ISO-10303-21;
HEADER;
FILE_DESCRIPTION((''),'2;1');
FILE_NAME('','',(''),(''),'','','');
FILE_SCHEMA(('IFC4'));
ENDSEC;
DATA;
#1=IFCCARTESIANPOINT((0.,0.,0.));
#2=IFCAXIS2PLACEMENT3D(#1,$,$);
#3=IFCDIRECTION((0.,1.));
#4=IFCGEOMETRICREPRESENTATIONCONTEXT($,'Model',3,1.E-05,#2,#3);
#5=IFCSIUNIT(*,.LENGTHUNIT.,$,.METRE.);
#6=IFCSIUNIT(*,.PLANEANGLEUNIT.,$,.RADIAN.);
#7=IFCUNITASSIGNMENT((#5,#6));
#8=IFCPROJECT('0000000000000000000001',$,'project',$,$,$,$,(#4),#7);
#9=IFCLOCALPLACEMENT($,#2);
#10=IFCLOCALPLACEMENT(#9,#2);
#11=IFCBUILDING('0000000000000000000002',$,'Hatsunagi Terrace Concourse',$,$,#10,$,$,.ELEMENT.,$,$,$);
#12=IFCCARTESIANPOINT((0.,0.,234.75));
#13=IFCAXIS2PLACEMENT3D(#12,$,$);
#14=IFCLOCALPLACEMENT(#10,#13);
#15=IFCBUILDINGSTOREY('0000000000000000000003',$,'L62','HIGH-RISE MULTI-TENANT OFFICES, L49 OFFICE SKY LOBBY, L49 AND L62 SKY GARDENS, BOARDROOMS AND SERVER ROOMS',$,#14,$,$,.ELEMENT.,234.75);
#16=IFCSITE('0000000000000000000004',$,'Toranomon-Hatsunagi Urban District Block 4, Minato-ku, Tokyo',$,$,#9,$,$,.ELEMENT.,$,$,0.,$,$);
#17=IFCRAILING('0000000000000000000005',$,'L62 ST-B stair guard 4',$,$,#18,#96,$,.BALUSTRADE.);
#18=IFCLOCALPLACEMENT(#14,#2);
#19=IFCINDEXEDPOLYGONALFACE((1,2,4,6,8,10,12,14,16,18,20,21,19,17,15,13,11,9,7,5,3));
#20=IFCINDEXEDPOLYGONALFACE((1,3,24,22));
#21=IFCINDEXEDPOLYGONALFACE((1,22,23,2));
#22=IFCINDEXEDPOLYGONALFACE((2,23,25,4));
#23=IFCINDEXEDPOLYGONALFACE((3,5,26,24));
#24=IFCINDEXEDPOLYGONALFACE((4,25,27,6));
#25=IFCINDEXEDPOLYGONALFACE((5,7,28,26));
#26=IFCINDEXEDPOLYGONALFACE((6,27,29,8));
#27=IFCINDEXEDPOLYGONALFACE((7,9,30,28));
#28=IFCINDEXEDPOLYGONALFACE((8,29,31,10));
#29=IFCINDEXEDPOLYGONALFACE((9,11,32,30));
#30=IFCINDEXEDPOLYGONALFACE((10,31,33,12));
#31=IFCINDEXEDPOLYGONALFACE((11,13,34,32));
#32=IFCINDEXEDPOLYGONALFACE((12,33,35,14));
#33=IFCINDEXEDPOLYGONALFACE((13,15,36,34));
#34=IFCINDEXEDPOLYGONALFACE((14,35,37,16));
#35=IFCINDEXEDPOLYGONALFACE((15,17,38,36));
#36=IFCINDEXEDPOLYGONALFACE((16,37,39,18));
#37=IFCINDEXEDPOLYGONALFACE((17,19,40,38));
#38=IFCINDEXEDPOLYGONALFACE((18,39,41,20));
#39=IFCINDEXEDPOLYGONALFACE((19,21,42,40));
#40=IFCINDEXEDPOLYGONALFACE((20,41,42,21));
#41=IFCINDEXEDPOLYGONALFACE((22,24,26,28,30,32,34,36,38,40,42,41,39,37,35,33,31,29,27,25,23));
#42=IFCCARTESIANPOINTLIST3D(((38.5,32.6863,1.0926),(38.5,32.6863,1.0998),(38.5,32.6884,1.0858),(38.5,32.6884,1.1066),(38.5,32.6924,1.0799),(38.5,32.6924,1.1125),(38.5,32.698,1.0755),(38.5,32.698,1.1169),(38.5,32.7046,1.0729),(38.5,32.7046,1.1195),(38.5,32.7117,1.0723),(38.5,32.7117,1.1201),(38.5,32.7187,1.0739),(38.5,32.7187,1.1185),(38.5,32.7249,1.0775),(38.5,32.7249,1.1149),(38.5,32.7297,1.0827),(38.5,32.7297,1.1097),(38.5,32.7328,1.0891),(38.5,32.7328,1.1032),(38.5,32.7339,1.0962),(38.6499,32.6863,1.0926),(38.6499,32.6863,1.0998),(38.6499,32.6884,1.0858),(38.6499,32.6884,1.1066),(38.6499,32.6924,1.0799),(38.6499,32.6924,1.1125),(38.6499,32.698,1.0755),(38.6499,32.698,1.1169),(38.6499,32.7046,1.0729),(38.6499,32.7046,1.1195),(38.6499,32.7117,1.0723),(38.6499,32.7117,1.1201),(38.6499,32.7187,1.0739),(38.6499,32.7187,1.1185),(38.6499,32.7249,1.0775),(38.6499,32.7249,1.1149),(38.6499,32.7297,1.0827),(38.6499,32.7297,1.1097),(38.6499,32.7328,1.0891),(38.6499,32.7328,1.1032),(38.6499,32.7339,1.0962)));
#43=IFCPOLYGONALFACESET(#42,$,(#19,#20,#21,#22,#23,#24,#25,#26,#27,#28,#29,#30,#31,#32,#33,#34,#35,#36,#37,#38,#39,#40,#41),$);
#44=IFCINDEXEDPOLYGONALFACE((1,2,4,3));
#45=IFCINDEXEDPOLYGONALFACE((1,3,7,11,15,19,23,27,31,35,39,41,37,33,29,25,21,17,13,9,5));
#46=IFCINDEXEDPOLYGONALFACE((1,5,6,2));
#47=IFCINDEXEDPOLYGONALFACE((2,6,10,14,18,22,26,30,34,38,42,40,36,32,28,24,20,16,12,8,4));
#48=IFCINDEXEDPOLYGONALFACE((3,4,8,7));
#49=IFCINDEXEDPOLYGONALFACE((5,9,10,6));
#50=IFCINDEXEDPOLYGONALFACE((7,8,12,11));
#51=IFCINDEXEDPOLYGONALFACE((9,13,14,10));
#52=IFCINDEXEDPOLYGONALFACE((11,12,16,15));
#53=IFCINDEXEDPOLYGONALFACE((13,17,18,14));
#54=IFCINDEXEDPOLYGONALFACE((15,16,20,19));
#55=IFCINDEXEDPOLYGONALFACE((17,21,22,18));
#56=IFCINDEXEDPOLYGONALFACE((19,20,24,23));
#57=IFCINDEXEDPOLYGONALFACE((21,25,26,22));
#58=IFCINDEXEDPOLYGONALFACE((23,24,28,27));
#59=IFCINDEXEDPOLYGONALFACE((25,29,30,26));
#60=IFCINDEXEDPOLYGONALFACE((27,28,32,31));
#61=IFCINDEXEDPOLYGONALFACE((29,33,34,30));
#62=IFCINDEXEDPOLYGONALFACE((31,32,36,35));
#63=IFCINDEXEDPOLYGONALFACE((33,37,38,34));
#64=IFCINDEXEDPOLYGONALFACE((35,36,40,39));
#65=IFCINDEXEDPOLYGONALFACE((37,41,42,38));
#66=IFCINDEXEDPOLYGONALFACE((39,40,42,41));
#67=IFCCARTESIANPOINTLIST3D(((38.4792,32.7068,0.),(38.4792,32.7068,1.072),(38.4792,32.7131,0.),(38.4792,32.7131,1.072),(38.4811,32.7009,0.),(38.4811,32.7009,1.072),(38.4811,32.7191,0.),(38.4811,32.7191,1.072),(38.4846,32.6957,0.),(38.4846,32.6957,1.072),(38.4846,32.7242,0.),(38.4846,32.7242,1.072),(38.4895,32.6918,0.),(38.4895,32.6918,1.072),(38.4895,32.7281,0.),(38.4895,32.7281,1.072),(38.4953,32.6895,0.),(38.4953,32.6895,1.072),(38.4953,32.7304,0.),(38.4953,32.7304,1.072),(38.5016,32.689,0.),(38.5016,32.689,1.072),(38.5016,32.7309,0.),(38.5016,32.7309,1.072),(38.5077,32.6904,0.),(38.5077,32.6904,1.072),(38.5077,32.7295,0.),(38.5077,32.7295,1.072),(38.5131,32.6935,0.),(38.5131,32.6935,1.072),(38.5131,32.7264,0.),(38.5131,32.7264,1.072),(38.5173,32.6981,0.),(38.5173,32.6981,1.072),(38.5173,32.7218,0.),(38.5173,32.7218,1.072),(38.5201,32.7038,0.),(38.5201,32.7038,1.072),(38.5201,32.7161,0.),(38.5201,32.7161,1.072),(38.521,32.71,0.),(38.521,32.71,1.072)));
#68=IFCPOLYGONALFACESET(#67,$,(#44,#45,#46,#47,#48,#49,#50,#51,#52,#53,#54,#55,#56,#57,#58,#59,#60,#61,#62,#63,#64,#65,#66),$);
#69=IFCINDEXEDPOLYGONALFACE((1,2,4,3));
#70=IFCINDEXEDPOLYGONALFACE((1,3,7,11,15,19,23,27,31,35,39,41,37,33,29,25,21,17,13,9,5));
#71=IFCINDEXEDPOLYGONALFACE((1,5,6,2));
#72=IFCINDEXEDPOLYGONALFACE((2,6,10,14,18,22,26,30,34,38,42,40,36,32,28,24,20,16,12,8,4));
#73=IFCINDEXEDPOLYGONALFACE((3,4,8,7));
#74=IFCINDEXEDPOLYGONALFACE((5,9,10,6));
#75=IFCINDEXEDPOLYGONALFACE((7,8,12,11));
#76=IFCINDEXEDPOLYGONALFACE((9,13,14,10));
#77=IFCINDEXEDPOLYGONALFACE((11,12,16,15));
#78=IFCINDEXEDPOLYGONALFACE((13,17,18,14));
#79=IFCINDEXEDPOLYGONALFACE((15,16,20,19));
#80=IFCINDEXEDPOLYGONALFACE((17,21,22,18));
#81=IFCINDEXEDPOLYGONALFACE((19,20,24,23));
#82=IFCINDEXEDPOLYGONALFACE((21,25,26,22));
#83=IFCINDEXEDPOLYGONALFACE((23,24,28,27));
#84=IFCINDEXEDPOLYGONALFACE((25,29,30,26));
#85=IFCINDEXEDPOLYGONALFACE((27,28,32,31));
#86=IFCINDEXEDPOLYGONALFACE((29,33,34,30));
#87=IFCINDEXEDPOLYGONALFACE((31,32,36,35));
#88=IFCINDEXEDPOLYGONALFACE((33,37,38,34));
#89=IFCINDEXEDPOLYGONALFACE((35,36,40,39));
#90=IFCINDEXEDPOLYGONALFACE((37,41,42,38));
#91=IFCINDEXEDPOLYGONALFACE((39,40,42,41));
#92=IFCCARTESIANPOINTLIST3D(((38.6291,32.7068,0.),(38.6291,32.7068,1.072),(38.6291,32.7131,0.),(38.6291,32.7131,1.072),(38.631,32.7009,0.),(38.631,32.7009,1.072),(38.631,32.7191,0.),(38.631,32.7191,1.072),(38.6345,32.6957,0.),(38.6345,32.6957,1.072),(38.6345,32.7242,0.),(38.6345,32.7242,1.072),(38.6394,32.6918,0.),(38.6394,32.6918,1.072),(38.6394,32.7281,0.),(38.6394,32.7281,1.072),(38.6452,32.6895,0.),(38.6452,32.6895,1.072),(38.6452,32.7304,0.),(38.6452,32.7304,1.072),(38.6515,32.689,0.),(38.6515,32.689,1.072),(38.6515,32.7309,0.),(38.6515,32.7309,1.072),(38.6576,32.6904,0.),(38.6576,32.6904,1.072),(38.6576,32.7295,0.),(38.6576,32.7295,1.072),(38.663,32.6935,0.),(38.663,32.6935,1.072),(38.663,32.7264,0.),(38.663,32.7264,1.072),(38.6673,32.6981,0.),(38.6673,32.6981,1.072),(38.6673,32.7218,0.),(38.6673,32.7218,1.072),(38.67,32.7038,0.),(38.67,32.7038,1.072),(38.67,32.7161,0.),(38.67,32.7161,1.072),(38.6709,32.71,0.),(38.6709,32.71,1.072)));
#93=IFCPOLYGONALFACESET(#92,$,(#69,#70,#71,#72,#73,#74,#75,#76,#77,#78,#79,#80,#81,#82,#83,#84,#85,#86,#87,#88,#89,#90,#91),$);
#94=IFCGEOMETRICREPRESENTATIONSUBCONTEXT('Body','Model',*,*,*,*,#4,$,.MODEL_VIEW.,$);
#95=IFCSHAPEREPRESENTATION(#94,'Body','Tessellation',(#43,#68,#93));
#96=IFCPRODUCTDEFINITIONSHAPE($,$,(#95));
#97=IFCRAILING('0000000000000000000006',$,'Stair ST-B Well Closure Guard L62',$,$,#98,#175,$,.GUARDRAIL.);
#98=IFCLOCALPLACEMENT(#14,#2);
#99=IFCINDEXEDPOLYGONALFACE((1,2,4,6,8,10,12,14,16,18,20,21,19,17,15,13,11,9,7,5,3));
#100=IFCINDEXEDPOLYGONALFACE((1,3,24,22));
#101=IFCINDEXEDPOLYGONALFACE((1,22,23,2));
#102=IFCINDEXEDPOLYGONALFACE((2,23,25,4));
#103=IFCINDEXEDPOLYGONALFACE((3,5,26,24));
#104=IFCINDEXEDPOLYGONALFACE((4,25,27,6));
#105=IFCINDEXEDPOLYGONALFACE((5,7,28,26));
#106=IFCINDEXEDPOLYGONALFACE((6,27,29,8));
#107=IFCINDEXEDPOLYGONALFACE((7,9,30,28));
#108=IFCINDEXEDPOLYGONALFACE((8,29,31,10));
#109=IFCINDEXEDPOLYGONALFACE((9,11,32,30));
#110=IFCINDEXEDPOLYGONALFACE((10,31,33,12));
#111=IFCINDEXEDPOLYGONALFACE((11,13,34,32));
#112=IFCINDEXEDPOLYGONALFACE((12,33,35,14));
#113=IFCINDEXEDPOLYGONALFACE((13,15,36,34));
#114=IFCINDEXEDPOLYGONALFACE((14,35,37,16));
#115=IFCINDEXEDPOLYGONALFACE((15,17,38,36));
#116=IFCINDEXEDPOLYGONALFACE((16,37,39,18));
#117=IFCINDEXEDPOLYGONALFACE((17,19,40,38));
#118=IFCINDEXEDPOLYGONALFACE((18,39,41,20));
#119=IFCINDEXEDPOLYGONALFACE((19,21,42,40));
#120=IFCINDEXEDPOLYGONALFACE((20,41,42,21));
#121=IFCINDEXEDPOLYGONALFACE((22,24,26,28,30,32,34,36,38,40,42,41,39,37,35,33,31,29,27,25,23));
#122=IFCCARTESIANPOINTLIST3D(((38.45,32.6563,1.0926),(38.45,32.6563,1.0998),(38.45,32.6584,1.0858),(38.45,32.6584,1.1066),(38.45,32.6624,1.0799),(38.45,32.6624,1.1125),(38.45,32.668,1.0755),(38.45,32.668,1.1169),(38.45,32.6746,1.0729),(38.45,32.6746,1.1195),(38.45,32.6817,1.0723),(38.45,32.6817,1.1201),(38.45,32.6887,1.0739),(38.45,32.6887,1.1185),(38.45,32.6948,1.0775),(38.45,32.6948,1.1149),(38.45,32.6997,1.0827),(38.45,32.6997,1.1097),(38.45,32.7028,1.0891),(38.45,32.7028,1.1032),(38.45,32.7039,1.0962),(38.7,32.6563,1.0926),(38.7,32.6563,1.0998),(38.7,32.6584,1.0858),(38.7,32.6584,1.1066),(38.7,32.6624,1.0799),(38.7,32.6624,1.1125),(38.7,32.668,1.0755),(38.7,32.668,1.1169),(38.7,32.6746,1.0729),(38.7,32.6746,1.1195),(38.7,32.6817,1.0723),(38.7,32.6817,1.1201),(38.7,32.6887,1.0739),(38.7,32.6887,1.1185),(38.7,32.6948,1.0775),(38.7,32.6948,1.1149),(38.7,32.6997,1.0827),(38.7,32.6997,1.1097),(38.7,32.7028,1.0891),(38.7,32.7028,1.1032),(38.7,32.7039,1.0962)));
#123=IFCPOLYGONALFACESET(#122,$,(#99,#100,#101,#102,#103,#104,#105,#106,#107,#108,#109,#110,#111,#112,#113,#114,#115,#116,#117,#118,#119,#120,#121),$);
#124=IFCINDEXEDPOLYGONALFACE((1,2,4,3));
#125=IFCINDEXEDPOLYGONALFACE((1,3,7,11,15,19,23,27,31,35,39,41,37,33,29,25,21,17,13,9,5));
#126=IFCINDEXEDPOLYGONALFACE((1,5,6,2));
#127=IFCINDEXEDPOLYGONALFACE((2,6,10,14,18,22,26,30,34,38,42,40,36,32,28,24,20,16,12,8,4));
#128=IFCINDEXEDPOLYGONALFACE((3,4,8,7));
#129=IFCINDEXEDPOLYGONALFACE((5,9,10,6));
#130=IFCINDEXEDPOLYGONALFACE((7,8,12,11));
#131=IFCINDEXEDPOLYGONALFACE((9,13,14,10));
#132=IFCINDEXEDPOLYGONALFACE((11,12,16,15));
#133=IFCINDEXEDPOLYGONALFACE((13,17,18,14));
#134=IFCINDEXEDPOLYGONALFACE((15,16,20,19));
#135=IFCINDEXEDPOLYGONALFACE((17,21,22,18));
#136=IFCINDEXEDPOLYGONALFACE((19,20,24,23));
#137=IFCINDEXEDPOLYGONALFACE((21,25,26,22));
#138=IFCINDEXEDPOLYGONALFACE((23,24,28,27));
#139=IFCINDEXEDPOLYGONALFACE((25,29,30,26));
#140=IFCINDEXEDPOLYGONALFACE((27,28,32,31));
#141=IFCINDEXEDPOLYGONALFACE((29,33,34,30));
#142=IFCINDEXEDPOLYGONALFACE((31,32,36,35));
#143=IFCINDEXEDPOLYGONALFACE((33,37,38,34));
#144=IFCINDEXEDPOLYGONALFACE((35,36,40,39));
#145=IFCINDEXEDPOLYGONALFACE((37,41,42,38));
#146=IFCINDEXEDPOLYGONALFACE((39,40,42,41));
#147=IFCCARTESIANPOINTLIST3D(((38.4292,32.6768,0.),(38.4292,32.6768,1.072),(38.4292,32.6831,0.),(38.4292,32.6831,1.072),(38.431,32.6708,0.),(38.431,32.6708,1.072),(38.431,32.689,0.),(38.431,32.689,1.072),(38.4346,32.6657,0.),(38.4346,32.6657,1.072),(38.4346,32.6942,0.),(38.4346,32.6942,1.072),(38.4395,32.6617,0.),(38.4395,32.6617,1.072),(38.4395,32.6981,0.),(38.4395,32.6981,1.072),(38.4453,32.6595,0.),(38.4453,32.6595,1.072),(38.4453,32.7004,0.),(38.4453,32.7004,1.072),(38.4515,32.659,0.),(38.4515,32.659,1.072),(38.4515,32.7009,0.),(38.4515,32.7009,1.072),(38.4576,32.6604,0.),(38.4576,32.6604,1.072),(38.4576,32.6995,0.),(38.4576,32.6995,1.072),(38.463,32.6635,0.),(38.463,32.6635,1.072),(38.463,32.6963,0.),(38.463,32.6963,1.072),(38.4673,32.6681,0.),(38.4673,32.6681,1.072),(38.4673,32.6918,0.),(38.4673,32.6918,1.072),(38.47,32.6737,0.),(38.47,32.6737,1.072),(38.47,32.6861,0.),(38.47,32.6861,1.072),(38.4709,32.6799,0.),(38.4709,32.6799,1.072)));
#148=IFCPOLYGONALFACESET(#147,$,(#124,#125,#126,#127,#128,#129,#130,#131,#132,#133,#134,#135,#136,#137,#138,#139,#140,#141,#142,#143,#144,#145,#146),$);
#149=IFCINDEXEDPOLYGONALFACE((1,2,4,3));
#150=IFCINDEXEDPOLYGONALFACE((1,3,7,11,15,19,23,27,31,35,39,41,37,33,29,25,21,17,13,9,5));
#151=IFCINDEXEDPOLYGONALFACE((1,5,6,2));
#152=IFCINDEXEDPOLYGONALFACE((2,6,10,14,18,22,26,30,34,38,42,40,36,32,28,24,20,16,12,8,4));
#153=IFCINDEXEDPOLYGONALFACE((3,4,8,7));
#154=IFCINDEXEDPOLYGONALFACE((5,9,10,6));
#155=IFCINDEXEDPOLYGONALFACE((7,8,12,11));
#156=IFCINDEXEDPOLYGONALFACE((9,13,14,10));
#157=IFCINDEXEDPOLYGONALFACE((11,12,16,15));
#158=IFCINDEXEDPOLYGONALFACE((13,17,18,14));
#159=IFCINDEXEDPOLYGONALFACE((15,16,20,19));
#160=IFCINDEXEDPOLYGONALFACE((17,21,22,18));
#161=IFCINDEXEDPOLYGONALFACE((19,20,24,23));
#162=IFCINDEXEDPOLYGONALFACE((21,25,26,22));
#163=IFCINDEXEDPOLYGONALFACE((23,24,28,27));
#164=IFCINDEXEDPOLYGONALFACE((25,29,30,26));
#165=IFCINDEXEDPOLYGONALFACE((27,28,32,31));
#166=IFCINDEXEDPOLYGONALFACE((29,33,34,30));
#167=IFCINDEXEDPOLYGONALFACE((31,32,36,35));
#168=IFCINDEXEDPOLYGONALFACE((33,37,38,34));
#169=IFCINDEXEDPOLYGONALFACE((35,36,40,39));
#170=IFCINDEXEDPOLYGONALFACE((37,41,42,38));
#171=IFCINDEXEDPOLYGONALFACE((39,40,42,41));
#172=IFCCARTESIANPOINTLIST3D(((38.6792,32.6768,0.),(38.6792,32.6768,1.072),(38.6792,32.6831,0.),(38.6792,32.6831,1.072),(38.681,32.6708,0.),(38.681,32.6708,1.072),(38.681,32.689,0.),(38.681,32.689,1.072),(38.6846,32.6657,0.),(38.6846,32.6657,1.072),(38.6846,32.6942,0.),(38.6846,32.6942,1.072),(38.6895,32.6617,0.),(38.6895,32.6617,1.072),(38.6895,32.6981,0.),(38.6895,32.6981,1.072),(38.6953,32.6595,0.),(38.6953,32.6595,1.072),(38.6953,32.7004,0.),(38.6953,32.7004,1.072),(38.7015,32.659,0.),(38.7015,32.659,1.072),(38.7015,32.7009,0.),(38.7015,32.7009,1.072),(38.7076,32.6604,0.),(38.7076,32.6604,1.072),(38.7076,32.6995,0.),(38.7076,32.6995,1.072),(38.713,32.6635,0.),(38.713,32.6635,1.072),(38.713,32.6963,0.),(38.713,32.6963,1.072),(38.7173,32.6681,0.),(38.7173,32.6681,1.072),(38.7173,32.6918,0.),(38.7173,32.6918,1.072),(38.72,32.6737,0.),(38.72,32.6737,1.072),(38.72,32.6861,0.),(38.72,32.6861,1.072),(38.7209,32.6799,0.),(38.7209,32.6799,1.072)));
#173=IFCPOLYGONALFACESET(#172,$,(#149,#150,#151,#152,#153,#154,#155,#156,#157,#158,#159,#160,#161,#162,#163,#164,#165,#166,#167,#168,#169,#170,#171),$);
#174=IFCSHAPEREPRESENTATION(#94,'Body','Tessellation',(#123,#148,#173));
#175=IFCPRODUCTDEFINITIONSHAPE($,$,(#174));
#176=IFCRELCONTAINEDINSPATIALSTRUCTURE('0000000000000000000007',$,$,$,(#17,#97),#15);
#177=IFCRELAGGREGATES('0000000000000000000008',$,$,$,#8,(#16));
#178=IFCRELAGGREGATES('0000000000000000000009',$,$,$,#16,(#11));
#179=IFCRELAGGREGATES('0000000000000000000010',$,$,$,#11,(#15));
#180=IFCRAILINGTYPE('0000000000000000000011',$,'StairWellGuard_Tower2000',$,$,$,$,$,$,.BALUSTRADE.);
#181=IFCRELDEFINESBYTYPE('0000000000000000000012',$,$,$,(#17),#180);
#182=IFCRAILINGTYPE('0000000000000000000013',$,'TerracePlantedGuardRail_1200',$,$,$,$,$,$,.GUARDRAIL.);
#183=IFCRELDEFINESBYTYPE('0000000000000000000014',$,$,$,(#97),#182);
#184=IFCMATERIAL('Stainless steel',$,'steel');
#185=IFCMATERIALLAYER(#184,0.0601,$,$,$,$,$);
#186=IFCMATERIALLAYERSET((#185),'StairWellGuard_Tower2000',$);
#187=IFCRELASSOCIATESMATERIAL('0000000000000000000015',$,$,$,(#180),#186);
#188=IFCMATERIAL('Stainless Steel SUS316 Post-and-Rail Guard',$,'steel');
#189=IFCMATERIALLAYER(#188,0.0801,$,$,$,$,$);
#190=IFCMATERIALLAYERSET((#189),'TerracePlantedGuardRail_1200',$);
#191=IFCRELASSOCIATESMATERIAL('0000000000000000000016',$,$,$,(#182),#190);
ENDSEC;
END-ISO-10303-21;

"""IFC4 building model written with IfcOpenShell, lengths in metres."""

from ifc_helpers import new_model, si_unit, direction, frame, origin, origin_2d, place, context, subcontext, project, spatial, circle, extrude, material, layer, layer_set, type_object, element, save


model = new_model("IFC4")

# Units and contexts
model_context = context("Model", 3, precision=1e-05, world=origin(), true_north=direction((0.0, 1.0)))
body_context = subcontext(model_context, "Body", "Model", "MODEL_VIEW")
ifc_project = project(units=[si_unit("LENGTHUNIT", "METRE"), si_unit("PLANEANGLEUNIT", "RADIAN")], contexts=[model_context])

# Site, building, storey
site_placement = place(None, origin())
site = spatial("IfcSite", under=ifc_project, at=site_placement, Name="Toranomon-Hatsunagi Urban District Block 4, Minato-ku, Tokyo", CompositionType="ELEMENT", RefElevation=0.0)
building_placement = place(site_placement, origin())
building = spatial("IfcBuilding", under=site, at=building_placement, Name="Hatsunagi Terrace Concourse", CompositionType="ELEMENT")
storey_placement = place(building_placement, frame((0.0, 0.0, 234.75)))
storey = spatial("IfcBuildingStorey", under=building, at=storey_placement, Name="L62", Description="HIGH-RISE MULTI-TENANT OFFICES, L49 OFFICE SKY LOBBY, L49 AND L62 SKY GARDENS, BOARDROOMS AND SERVER ROOMS", CompositionType="ELEMENT", Elevation=234.75)

# Railings
ifc_material_1 = material(Name="Stainless steel", Category="steel")
ifc_layer_1 = layer(ifc_material_1, 0.0601)
ifc_layer_set_1 = layer_set([ifc_layer_1], Name="StairWellGuard_Tower2000")
railing_type_1 = type_object("IfcRailingType", Name="StairWellGuard_Tower2000", PredefinedType="BALUSTRADE", material=ifc_layer_set_1)
railing_1_placement = place(storey_placement, frame((38.5, 32.71, 0.0)))
element("IfcRailing", 1, at=railing_1_placement, inside=storey, type_object=railing_type_1, Name="L62 ST-B stair guard 4", PredefinedType="BALUSTRADE", context=body_context, shape_type="SweptSolid", body=[
    extrude(circle(Radius=0.0239, at=origin_2d()), frame((0.0, 0.0, 1.0962), z_axis=(1.0, 0.0, 0.0), x_axis=(0.0, 1.0, 0.0)), (0.0, 0.0, 1.0), 0.1499),
    extrude(circle(Radius=0.021, at=origin_2d()), origin(), (0.0, 0.0, 1.0), 1.072),
    extrude(circle(Radius=0.021, at=origin_2d()), frame((0.1499, 0.0, 0.0)), (0.0, 0.0, 1.0), 1.072),
])
ifc_material_2 = material(Name="Stainless Steel SUS316 Post-and-Rail Guard", Category="steel")
ifc_layer_2 = layer(ifc_material_2, 0.0801)
ifc_layer_set_2 = layer_set([ifc_layer_2], Name="TerracePlantedGuardRail_1200")
railing_type_2 = type_object("IfcRailingType", Name="TerracePlantedGuardRail_1200", PredefinedType="GUARDRAIL", material=ifc_layer_set_2)
railing_2_placement = place(storey_placement, frame((38.45, 32.6799, 0.0)))
element("IfcRailing", 2, at=railing_2_placement, inside=storey, type_object=railing_type_2, Name="Stair ST-B Well Closure Guard L62", PredefinedType="GUARDRAIL", context=body_context, shape_type="SweptSolid", body=[
    extrude(circle(Radius=0.0239, at=origin_2d()), frame((0.0, 0.0, 1.0962), z_axis=(1.0, 0.0, 0.0), x_axis=(0.0, 1.0, 0.0)), (0.0, 0.0, 1.0), 0.25),
    extrude(circle(Radius=0.021, at=origin_2d()), origin(), (0.0, 0.0, 1.0), 1.072),
    extrude(circle(Radius=0.021, at=origin_2d()), frame((0.25, 0.0, 0.0)), (0.0, 0.0, 1.0), 1.072),
])

save(model, "model.ifc")
